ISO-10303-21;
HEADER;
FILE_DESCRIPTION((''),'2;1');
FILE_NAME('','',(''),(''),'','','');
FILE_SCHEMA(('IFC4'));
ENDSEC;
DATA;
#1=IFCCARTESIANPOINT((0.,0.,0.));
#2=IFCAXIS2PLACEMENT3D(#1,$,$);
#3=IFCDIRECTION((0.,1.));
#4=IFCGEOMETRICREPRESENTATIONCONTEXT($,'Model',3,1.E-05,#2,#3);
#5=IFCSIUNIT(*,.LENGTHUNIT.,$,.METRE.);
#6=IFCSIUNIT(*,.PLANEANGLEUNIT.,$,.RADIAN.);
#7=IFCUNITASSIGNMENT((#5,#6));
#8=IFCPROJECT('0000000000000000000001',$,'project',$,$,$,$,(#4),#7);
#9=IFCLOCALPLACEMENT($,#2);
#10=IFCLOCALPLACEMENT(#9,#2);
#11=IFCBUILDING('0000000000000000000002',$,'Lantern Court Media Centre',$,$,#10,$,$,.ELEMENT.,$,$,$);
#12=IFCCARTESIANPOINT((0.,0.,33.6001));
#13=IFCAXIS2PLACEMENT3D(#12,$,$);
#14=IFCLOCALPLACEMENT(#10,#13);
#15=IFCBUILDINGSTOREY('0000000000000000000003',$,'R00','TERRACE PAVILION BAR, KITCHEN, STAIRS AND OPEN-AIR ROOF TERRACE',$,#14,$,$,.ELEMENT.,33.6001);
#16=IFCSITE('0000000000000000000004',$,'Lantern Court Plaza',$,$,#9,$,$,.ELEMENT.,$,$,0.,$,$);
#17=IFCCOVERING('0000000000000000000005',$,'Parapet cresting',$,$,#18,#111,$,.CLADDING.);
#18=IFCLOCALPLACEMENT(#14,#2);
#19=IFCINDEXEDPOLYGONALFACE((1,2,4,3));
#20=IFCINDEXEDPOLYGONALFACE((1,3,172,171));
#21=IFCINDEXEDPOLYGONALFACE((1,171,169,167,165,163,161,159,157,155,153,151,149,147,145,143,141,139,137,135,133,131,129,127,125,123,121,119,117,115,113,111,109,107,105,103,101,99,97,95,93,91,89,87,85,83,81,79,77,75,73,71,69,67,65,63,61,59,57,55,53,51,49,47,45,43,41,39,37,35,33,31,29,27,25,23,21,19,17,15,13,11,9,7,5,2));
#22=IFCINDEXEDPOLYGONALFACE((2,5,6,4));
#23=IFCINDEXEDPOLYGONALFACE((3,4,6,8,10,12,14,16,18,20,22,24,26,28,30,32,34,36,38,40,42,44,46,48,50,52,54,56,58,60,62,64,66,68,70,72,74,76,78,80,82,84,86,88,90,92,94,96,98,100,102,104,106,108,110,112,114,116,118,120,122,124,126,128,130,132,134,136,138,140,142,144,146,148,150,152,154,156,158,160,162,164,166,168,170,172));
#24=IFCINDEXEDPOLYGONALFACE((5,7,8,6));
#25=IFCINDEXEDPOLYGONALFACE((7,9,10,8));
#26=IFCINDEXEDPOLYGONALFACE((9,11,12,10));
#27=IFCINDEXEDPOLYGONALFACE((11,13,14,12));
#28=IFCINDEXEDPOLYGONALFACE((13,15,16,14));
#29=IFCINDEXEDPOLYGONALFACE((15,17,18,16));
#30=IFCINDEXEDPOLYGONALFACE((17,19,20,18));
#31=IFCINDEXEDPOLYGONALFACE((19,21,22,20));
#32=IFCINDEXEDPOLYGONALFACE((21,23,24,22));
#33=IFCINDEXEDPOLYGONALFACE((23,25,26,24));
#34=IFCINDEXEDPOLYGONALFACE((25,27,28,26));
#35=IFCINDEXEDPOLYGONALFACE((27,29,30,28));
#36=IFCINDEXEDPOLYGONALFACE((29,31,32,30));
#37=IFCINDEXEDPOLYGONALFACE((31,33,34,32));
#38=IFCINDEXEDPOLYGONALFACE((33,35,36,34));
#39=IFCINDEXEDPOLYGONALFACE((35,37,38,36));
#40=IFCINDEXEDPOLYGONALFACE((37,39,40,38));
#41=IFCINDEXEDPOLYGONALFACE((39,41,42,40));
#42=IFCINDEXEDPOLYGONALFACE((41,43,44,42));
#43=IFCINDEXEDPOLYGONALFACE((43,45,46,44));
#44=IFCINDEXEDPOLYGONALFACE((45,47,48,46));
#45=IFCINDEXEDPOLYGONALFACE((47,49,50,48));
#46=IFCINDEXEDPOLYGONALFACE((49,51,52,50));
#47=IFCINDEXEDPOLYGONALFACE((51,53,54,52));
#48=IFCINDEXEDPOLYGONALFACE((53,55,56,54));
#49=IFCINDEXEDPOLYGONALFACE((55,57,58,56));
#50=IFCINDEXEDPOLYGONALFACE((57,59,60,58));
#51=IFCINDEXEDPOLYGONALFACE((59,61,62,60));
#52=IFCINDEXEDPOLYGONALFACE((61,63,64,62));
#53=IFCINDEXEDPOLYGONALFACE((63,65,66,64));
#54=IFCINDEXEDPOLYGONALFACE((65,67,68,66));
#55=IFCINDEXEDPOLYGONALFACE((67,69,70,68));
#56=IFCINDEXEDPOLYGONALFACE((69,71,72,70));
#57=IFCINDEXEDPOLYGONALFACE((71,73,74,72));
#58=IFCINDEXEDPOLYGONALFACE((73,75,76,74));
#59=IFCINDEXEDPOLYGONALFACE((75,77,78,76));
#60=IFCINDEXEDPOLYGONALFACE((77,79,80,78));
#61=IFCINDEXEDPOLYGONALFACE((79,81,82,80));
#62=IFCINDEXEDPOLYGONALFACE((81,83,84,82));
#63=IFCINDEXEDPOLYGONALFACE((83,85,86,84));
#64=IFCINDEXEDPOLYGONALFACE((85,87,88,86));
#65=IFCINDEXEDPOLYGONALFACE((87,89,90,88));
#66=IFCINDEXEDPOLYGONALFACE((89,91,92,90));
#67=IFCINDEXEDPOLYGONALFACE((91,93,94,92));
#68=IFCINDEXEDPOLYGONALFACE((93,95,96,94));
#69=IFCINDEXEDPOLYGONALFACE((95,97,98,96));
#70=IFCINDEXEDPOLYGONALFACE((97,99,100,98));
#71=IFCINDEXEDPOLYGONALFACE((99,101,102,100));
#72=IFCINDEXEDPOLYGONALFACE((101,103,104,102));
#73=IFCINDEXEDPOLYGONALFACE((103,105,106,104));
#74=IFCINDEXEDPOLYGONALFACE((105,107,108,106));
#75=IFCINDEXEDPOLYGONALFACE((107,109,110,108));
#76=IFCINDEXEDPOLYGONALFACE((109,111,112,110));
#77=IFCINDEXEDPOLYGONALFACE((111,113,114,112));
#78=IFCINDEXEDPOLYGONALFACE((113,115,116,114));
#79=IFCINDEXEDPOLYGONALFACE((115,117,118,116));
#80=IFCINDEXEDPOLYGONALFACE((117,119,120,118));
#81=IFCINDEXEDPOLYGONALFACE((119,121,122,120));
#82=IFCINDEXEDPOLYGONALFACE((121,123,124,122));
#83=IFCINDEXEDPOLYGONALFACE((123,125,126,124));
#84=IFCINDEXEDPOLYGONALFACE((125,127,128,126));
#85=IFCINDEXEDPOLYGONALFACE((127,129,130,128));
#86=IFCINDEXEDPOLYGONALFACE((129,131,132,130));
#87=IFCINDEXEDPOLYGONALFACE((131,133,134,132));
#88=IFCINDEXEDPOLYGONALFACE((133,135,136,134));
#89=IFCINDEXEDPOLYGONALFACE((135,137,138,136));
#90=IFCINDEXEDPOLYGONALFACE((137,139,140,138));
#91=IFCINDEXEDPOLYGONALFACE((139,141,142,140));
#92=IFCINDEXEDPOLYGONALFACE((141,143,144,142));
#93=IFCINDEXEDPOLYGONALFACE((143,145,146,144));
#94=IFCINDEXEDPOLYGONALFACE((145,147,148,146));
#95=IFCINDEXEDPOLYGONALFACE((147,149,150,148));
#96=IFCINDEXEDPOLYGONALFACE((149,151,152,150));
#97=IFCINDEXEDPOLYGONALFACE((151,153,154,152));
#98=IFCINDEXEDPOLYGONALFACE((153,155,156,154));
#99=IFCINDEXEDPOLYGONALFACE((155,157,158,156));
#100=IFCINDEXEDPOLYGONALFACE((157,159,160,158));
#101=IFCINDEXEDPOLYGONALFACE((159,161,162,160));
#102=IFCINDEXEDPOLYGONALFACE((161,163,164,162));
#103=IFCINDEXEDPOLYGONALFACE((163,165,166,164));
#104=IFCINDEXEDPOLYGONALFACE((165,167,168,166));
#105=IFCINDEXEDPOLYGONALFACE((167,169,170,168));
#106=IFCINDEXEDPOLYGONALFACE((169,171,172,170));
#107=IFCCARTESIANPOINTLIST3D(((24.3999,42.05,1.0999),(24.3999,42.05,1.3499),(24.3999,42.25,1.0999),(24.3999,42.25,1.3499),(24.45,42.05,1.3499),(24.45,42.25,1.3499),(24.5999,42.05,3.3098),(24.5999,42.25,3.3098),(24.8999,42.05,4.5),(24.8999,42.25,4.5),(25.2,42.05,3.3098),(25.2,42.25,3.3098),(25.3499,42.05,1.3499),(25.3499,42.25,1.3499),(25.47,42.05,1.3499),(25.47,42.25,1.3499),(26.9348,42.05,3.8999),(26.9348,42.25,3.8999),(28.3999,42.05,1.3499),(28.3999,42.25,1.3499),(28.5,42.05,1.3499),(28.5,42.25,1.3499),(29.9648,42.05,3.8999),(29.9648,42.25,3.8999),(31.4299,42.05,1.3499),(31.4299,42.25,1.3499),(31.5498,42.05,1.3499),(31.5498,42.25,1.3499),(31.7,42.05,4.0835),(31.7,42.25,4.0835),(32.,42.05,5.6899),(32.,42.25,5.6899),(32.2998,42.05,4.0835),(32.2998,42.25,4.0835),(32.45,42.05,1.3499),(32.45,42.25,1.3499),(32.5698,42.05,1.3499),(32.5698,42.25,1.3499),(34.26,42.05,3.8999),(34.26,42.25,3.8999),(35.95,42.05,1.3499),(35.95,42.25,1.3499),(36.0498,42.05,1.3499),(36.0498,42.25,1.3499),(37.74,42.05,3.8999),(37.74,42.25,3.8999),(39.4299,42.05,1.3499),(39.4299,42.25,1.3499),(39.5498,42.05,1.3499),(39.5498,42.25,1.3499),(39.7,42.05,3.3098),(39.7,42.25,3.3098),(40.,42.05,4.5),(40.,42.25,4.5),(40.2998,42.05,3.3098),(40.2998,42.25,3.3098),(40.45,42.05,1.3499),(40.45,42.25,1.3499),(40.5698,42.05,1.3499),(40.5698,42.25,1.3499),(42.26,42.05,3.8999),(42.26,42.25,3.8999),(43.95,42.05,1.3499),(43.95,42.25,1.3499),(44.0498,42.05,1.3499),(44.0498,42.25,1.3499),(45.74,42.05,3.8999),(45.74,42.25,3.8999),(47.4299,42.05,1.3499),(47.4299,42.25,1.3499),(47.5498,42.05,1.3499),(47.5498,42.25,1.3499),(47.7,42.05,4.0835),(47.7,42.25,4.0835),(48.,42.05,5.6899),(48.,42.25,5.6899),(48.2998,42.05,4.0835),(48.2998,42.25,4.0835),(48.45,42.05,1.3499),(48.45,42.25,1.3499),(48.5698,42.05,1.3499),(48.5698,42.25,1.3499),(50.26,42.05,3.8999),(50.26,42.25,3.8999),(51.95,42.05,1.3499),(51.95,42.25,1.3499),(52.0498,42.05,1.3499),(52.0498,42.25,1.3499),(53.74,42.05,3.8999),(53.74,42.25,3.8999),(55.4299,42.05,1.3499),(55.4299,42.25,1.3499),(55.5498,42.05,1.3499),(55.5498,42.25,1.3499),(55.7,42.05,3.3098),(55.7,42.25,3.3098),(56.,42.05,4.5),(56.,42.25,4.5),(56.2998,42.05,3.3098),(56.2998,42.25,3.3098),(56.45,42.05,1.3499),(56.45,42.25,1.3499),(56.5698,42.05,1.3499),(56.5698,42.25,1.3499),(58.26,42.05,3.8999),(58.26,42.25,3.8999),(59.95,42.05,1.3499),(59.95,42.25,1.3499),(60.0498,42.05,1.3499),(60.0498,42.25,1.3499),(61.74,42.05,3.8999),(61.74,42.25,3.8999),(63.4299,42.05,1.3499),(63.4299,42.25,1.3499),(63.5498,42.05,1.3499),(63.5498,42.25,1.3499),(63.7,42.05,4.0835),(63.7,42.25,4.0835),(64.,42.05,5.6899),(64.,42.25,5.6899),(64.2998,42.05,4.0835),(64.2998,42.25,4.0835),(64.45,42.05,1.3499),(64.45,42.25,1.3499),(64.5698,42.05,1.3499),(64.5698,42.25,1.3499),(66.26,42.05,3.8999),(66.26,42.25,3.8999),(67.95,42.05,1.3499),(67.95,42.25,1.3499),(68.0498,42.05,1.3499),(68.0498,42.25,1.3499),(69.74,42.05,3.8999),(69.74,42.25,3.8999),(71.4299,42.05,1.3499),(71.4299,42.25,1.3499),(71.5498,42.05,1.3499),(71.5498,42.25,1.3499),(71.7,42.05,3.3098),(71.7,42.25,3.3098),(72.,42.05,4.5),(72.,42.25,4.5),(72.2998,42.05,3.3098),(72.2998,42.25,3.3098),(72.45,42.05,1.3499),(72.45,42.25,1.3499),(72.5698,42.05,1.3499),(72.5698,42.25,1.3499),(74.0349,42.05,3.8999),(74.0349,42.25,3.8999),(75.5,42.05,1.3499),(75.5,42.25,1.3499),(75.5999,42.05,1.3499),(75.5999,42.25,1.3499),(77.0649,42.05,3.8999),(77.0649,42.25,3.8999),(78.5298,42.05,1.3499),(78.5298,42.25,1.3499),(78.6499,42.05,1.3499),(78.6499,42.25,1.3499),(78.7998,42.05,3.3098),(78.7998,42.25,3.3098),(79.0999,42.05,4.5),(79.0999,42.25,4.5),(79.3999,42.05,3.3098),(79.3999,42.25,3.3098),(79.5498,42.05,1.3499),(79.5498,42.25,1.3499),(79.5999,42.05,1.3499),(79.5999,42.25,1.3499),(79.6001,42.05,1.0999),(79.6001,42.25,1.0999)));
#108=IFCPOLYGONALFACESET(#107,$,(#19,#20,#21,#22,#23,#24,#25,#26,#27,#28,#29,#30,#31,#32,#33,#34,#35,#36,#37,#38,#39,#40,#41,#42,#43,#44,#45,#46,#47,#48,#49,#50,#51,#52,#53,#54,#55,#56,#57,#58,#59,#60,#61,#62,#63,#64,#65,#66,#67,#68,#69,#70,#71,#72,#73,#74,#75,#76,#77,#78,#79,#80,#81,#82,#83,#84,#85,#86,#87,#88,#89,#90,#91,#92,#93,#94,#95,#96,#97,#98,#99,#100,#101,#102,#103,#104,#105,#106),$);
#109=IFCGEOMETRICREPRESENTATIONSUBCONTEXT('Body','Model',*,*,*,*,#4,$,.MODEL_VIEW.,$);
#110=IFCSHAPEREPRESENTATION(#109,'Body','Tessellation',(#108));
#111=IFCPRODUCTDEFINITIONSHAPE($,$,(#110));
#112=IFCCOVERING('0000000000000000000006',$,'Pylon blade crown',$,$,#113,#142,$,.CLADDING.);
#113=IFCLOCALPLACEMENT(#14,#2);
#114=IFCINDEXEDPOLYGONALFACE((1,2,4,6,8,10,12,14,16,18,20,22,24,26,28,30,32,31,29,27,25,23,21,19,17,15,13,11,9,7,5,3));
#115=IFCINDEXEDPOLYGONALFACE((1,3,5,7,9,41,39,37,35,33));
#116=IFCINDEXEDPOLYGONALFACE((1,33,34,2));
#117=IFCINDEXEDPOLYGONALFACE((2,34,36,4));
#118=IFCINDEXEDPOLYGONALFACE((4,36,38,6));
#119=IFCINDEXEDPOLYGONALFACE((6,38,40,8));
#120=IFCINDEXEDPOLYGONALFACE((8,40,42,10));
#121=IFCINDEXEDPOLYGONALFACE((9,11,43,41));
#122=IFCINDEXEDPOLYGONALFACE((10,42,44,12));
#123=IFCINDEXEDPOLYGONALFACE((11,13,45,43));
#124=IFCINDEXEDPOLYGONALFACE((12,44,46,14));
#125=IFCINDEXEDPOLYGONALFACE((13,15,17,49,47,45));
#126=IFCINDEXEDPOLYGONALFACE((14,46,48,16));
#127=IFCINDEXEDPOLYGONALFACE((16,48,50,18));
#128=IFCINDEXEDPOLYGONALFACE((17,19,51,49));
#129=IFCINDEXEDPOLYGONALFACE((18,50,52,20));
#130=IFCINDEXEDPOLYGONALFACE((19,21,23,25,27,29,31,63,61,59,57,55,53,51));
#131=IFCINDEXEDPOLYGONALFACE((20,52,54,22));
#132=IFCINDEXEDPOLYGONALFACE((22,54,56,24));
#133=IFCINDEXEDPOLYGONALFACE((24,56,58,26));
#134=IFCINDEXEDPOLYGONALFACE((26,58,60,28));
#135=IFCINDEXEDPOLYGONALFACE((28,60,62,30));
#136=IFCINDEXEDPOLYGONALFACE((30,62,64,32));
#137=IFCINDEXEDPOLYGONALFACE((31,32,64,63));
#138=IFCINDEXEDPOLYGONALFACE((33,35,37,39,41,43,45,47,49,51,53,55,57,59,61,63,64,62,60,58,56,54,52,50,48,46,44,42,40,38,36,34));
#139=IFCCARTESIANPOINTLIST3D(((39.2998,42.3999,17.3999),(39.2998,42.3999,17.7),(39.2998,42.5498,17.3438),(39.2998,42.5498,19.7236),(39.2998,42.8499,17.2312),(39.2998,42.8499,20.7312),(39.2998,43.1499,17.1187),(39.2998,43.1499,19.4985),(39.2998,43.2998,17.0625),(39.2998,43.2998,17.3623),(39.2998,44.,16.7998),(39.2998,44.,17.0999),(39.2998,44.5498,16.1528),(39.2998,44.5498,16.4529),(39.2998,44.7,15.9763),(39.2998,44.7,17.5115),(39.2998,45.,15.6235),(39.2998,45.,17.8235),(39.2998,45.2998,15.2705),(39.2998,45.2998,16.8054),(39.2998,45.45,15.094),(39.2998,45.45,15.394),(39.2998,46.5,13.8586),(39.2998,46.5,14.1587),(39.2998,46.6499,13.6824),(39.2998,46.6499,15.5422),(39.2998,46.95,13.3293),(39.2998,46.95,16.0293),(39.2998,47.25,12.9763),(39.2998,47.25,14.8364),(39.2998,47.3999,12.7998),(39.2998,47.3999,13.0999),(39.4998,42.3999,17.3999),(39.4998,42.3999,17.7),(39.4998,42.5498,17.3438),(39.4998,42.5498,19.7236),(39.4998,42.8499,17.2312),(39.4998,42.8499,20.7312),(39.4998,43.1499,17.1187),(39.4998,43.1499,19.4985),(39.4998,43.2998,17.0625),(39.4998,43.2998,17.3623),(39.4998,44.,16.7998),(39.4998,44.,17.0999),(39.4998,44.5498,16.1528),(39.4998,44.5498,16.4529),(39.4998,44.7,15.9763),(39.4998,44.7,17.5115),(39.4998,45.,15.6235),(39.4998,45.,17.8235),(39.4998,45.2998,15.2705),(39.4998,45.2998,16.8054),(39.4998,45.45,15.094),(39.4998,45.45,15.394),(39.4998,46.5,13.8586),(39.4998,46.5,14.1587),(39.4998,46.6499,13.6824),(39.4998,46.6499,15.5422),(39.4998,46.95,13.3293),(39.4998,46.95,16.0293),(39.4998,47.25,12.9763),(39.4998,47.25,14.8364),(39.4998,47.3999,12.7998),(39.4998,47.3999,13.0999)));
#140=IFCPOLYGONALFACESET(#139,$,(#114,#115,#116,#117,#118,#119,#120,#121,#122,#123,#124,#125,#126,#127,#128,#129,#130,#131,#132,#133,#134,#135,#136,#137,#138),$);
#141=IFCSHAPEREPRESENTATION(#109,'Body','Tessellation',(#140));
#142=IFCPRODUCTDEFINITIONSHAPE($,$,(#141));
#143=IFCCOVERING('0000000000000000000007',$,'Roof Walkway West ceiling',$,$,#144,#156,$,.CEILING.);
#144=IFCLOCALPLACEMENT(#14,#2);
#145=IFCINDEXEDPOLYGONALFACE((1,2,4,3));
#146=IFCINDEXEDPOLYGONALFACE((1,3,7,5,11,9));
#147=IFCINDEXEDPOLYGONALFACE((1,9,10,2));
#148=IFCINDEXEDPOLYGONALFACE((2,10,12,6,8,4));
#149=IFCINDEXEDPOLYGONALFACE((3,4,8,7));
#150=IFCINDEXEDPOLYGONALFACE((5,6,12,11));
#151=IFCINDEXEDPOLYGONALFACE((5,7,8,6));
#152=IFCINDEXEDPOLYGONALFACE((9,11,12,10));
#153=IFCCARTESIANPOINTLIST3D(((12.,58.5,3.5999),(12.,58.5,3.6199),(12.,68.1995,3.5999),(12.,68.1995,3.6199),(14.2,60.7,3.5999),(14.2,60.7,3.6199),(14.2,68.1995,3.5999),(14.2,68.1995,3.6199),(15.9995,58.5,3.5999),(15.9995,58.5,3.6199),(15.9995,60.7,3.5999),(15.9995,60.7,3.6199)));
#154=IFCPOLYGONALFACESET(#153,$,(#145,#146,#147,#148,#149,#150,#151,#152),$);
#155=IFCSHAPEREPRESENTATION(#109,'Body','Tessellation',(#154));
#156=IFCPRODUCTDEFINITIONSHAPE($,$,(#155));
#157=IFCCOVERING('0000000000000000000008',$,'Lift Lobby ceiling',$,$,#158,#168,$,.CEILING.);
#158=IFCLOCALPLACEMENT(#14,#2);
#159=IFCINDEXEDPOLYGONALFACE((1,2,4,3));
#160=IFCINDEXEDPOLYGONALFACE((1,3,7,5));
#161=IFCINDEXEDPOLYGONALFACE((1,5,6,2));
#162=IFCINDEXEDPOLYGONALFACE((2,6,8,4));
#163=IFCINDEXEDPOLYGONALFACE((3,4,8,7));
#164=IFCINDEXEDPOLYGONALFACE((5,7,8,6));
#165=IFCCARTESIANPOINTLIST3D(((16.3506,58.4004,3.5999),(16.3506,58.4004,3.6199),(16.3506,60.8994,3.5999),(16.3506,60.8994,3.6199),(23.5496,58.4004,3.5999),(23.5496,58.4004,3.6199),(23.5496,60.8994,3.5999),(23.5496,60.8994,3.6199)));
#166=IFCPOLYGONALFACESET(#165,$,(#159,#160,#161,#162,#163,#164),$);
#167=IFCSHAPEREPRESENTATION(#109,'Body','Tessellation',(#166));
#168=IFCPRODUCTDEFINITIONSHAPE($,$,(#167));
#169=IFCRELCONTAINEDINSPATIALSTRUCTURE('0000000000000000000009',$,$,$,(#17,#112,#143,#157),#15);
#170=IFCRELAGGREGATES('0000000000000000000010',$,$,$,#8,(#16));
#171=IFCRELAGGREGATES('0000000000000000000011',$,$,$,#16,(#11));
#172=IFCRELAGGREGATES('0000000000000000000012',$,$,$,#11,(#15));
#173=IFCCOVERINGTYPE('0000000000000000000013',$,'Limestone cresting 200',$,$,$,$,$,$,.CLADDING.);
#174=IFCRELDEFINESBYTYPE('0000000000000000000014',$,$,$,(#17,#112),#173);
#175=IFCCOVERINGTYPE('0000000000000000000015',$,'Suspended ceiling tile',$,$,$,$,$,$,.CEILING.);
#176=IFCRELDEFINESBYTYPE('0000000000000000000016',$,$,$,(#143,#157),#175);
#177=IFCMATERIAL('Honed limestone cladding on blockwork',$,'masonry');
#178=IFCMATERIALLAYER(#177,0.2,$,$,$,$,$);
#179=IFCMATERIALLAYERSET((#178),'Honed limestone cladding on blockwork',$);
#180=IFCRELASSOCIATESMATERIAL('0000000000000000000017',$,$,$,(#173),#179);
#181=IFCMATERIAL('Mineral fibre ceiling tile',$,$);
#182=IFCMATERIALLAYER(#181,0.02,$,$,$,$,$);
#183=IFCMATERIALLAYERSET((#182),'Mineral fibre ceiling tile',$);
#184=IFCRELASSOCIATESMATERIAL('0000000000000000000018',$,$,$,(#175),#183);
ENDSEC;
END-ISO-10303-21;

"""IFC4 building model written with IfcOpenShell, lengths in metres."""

from ifc_helpers import new_model, si_unit, direction, frame, origin, place, context, subcontext, project, spatial, polyline, outline, extrude, material, layer, layer_set, type_object, element, save


model = new_model("IFC4")

# Units and contexts
model_context = context("Model", 3, precision=1e-05, world=origin(), true_north=direction((0.0, 1.0)))
body_context = subcontext(model_context, "Body", "Model", "MODEL_VIEW")
ifc_project = project(units=[si_unit("LENGTHUNIT", "METRE"), si_unit("PLANEANGLEUNIT", "RADIAN")], contexts=[model_context])

# Site, building, storey
site_placement = place(None, origin())
site = spatial("IfcSite", under=ifc_project, at=site_placement, Name="Lantern Court Plaza", CompositionType="ELEMENT", RefElevation=0.0)
building_placement = place(site_placement, origin())
building = spatial("IfcBuilding", under=site, at=building_placement, Name="Lantern Court Media Centre", CompositionType="ELEMENT")
storey_placement = place(building_placement, frame((0.0, 0.0, 33.6001)))
storey = spatial("IfcBuildingStorey", under=building, at=storey_placement, Name="R00", Description="TERRACE PAVILION BAR, KITCHEN, STAIRS AND OPEN-AIR ROOF TERRACE", CompositionType="ELEMENT", Elevation=33.6001)

# Shared definitions
ifc_material_1 = material(Name="Honed limestone cladding on blockwork", Category="masonry")

# Coverings
ifc_layer_1 = layer(ifc_material_1, 0.2)
ifc_layer_set_1 = layer_set([ifc_layer_1], Name="Honed limestone cladding on blockwork")
covering_type_1 = type_object("IfcCoveringType", Name="Limestone cresting 200", PredefinedType="CLADDING", material=ifc_layer_set_1)
covering_1_placement = place(storey_placement, frame((24.3999, 42.1499, 1.0999), z_axis=(0.0, 0.0, 1.0), x_axis=(1.0, 0.0, 0.0)))
element("IfcCovering", 1, at=covering_1_placement, inside=storey, type_object=covering_type_1, Name="Parapet cresting", PredefinedType="CLADDING", context=body_context, shape_type="SweptSolid", body=[
    extrude(outline(polyline([(0.0, 0.0), (55.2002, 0.0), (55.2, 0.25), (55.1499, 0.25), (55.0, 2.21), (54.7, 3.4001), (54.3999, 2.21), (54.25, 0.25), (54.1299, 0.25), (52.665, 2.8), (51.2, 0.25), (51.1001, 0.25), (49.635, 2.8), (48.1699, 0.25), (48.05, 0.25), (47.8999, 2.21), (47.6001, 3.4001), (47.3, 2.21), (47.1499, 0.25), (47.03, 0.25), (45.3401, 2.8), (43.6499, 0.25), (43.55, 0.25), (41.8601, 2.8), (40.1699, 0.25), (40.05, 0.25), (39.8999, 2.9836), (39.6001, 4.5901), (39.3, 2.9836), (39.1499, 0.25), (39.03, 0.25), (37.3401, 2.8), (35.6499, 0.25), (35.55, 0.25), (33.8601, 2.8), (32.1699, 0.25), (32.05, 0.25), (31.8999, 2.21), (31.6001, 3.4001), (31.3, 2.21), (31.1499, 0.25), (31.03, 0.25), (29.3401, 2.8), (27.6499, 0.25), (27.55, 0.25), (25.8601, 2.8), (24.1699, 0.25), (24.05, 0.25), (23.8999, 2.9836), (23.6001, 4.5901), (23.3, 2.9836), (23.1499, 0.25), (23.03, 0.25), (21.3401, 2.8), (19.6499, 0.25), (19.55, 0.25), (17.8601, 2.8), (16.1699, 0.25), (16.05, 0.25), (15.8999, 2.21), (15.6001, 3.4001), (15.3, 2.21), (15.1499, 0.25), (15.03, 0.25), (13.3401, 2.8), (11.6499, 0.25), (11.55, 0.25), (9.8601, 2.8), (8.1699, 0.25), (8.05, 0.25), (7.8999, 2.9836), (7.6001, 4.5901), (7.3, 2.9836), (7.1499, 0.25), (7.03, 0.25), (5.5649, 2.8), (4.1001, 0.25), (4.0, 0.25), (2.5349, 2.8), (1.0701, 0.25), (0.95, 0.25), (0.8, 2.21), (0.5, 3.4001), (0.2, 2.21), (0.05, 0.25), (0.0, 0.25), (0.0, 0.0)])), frame((0.0, 0.1001, 0.0), z_axis=(0.0, -1.0, 0.0), x_axis=(1.0, 0.0, 0.0)), (0.0, 0.0, 1.0), 0.2),
])
covering_2_placement = place(storey_placement, frame((39.3999, 42.3999, 12.7998), z_axis=(0.0, 0.0, 1.0), x_axis=(0.0, 1.0, 0.0)))
element("IfcCovering", 2, at=covering_2_placement, inside=storey, type_object=covering_type_1, Name="Pylon blade crown", PredefinedType="CLADDING", context=body_context, shape_type="SweptSolid", body=[
    extrude(outline(polyline([(0.0, 4.6001), (0.1499, 4.5439), (0.45, 4.4314), (0.75, 4.3188), (0.8999, 4.2627), (1.6001, 4.0), (2.1499, 3.353), (2.3, 3.1765), (2.6001, 2.8237), (2.8999, 2.4707), (3.05, 2.2942), (4.1001, 1.0588), (4.25, 0.8826), (4.55, 0.5295), (4.8501, 0.1765), (5.0, 0.0), (5.0, 0.3), (4.8501, 2.0366), (4.55, 3.2295), (4.25, 2.7424), (4.1001, 1.3589), (3.05, 2.5942), (2.8999, 4.0056), (2.6001, 5.0237), (2.3, 4.7117), (2.1499, 3.6531), (1.6001, 4.3), (0.8999, 4.5625), (0.75, 6.6987), (0.45, 7.9314), (0.1499, 6.9238), (0.0, 4.9001), (0.0, 4.6001)])), frame((0.0, 0.1001, 0.0), z_axis=(0.0, -1.0, 0.0), x_axis=(1.0, 0.0, 0.0)), (0.0, 0.0, 1.0), 0.2),
])
ifc_material_2 = material(Name="Mineral fibre ceiling tile")
ifc_layer_2 = layer(ifc_material_2, 0.02)
ifc_layer_set_2 = layer_set([ifc_layer_2], Name="Mineral fibre ceiling tile")
covering_type_2 = type_object("IfcCoveringType", Name="Suspended ceiling tile", PredefinedType="CEILING", material=ifc_layer_set_2)
covering_3_placement = place(storey_placement, frame((0.0, 0.0, 3.5999)))
element("IfcCovering", 3, at=covering_3_placement, inside=storey, type_object=covering_type_2, Name="Roof Walkway West ceiling", PredefinedType="CEILING", context=body_context, shape_type="SweptSolid", body=[
    extrude(outline(polyline([(14.2, 60.7), (15.9995, 60.7), (15.9995, 58.5), (12.0, 58.5), (12.0, 68.1995), (14.2, 68.1995), (14.2, 60.7)])), origin(), (0.0, 0.0, 1.0), 0.02),
])
covering_4_placement = place(storey_placement, frame((0.0, 0.0, 3.5999)))
element("IfcCovering", 4, at=covering_4_placement, inside=storey, type_object=covering_type_2, Name="Lift Lobby ceiling", PredefinedType="CEILING", context=body_context, shape_type="SweptSolid", body=[
    extrude(outline(polyline([(23.5496, 60.8994), (23.5496, 58.4004), (16.3506, 58.4004), (16.3506, 60.8994), (23.5496, 60.8994)])), origin(), (0.0, 0.0, 1.0), 0.02),
])

save(model, "model.ifc")
